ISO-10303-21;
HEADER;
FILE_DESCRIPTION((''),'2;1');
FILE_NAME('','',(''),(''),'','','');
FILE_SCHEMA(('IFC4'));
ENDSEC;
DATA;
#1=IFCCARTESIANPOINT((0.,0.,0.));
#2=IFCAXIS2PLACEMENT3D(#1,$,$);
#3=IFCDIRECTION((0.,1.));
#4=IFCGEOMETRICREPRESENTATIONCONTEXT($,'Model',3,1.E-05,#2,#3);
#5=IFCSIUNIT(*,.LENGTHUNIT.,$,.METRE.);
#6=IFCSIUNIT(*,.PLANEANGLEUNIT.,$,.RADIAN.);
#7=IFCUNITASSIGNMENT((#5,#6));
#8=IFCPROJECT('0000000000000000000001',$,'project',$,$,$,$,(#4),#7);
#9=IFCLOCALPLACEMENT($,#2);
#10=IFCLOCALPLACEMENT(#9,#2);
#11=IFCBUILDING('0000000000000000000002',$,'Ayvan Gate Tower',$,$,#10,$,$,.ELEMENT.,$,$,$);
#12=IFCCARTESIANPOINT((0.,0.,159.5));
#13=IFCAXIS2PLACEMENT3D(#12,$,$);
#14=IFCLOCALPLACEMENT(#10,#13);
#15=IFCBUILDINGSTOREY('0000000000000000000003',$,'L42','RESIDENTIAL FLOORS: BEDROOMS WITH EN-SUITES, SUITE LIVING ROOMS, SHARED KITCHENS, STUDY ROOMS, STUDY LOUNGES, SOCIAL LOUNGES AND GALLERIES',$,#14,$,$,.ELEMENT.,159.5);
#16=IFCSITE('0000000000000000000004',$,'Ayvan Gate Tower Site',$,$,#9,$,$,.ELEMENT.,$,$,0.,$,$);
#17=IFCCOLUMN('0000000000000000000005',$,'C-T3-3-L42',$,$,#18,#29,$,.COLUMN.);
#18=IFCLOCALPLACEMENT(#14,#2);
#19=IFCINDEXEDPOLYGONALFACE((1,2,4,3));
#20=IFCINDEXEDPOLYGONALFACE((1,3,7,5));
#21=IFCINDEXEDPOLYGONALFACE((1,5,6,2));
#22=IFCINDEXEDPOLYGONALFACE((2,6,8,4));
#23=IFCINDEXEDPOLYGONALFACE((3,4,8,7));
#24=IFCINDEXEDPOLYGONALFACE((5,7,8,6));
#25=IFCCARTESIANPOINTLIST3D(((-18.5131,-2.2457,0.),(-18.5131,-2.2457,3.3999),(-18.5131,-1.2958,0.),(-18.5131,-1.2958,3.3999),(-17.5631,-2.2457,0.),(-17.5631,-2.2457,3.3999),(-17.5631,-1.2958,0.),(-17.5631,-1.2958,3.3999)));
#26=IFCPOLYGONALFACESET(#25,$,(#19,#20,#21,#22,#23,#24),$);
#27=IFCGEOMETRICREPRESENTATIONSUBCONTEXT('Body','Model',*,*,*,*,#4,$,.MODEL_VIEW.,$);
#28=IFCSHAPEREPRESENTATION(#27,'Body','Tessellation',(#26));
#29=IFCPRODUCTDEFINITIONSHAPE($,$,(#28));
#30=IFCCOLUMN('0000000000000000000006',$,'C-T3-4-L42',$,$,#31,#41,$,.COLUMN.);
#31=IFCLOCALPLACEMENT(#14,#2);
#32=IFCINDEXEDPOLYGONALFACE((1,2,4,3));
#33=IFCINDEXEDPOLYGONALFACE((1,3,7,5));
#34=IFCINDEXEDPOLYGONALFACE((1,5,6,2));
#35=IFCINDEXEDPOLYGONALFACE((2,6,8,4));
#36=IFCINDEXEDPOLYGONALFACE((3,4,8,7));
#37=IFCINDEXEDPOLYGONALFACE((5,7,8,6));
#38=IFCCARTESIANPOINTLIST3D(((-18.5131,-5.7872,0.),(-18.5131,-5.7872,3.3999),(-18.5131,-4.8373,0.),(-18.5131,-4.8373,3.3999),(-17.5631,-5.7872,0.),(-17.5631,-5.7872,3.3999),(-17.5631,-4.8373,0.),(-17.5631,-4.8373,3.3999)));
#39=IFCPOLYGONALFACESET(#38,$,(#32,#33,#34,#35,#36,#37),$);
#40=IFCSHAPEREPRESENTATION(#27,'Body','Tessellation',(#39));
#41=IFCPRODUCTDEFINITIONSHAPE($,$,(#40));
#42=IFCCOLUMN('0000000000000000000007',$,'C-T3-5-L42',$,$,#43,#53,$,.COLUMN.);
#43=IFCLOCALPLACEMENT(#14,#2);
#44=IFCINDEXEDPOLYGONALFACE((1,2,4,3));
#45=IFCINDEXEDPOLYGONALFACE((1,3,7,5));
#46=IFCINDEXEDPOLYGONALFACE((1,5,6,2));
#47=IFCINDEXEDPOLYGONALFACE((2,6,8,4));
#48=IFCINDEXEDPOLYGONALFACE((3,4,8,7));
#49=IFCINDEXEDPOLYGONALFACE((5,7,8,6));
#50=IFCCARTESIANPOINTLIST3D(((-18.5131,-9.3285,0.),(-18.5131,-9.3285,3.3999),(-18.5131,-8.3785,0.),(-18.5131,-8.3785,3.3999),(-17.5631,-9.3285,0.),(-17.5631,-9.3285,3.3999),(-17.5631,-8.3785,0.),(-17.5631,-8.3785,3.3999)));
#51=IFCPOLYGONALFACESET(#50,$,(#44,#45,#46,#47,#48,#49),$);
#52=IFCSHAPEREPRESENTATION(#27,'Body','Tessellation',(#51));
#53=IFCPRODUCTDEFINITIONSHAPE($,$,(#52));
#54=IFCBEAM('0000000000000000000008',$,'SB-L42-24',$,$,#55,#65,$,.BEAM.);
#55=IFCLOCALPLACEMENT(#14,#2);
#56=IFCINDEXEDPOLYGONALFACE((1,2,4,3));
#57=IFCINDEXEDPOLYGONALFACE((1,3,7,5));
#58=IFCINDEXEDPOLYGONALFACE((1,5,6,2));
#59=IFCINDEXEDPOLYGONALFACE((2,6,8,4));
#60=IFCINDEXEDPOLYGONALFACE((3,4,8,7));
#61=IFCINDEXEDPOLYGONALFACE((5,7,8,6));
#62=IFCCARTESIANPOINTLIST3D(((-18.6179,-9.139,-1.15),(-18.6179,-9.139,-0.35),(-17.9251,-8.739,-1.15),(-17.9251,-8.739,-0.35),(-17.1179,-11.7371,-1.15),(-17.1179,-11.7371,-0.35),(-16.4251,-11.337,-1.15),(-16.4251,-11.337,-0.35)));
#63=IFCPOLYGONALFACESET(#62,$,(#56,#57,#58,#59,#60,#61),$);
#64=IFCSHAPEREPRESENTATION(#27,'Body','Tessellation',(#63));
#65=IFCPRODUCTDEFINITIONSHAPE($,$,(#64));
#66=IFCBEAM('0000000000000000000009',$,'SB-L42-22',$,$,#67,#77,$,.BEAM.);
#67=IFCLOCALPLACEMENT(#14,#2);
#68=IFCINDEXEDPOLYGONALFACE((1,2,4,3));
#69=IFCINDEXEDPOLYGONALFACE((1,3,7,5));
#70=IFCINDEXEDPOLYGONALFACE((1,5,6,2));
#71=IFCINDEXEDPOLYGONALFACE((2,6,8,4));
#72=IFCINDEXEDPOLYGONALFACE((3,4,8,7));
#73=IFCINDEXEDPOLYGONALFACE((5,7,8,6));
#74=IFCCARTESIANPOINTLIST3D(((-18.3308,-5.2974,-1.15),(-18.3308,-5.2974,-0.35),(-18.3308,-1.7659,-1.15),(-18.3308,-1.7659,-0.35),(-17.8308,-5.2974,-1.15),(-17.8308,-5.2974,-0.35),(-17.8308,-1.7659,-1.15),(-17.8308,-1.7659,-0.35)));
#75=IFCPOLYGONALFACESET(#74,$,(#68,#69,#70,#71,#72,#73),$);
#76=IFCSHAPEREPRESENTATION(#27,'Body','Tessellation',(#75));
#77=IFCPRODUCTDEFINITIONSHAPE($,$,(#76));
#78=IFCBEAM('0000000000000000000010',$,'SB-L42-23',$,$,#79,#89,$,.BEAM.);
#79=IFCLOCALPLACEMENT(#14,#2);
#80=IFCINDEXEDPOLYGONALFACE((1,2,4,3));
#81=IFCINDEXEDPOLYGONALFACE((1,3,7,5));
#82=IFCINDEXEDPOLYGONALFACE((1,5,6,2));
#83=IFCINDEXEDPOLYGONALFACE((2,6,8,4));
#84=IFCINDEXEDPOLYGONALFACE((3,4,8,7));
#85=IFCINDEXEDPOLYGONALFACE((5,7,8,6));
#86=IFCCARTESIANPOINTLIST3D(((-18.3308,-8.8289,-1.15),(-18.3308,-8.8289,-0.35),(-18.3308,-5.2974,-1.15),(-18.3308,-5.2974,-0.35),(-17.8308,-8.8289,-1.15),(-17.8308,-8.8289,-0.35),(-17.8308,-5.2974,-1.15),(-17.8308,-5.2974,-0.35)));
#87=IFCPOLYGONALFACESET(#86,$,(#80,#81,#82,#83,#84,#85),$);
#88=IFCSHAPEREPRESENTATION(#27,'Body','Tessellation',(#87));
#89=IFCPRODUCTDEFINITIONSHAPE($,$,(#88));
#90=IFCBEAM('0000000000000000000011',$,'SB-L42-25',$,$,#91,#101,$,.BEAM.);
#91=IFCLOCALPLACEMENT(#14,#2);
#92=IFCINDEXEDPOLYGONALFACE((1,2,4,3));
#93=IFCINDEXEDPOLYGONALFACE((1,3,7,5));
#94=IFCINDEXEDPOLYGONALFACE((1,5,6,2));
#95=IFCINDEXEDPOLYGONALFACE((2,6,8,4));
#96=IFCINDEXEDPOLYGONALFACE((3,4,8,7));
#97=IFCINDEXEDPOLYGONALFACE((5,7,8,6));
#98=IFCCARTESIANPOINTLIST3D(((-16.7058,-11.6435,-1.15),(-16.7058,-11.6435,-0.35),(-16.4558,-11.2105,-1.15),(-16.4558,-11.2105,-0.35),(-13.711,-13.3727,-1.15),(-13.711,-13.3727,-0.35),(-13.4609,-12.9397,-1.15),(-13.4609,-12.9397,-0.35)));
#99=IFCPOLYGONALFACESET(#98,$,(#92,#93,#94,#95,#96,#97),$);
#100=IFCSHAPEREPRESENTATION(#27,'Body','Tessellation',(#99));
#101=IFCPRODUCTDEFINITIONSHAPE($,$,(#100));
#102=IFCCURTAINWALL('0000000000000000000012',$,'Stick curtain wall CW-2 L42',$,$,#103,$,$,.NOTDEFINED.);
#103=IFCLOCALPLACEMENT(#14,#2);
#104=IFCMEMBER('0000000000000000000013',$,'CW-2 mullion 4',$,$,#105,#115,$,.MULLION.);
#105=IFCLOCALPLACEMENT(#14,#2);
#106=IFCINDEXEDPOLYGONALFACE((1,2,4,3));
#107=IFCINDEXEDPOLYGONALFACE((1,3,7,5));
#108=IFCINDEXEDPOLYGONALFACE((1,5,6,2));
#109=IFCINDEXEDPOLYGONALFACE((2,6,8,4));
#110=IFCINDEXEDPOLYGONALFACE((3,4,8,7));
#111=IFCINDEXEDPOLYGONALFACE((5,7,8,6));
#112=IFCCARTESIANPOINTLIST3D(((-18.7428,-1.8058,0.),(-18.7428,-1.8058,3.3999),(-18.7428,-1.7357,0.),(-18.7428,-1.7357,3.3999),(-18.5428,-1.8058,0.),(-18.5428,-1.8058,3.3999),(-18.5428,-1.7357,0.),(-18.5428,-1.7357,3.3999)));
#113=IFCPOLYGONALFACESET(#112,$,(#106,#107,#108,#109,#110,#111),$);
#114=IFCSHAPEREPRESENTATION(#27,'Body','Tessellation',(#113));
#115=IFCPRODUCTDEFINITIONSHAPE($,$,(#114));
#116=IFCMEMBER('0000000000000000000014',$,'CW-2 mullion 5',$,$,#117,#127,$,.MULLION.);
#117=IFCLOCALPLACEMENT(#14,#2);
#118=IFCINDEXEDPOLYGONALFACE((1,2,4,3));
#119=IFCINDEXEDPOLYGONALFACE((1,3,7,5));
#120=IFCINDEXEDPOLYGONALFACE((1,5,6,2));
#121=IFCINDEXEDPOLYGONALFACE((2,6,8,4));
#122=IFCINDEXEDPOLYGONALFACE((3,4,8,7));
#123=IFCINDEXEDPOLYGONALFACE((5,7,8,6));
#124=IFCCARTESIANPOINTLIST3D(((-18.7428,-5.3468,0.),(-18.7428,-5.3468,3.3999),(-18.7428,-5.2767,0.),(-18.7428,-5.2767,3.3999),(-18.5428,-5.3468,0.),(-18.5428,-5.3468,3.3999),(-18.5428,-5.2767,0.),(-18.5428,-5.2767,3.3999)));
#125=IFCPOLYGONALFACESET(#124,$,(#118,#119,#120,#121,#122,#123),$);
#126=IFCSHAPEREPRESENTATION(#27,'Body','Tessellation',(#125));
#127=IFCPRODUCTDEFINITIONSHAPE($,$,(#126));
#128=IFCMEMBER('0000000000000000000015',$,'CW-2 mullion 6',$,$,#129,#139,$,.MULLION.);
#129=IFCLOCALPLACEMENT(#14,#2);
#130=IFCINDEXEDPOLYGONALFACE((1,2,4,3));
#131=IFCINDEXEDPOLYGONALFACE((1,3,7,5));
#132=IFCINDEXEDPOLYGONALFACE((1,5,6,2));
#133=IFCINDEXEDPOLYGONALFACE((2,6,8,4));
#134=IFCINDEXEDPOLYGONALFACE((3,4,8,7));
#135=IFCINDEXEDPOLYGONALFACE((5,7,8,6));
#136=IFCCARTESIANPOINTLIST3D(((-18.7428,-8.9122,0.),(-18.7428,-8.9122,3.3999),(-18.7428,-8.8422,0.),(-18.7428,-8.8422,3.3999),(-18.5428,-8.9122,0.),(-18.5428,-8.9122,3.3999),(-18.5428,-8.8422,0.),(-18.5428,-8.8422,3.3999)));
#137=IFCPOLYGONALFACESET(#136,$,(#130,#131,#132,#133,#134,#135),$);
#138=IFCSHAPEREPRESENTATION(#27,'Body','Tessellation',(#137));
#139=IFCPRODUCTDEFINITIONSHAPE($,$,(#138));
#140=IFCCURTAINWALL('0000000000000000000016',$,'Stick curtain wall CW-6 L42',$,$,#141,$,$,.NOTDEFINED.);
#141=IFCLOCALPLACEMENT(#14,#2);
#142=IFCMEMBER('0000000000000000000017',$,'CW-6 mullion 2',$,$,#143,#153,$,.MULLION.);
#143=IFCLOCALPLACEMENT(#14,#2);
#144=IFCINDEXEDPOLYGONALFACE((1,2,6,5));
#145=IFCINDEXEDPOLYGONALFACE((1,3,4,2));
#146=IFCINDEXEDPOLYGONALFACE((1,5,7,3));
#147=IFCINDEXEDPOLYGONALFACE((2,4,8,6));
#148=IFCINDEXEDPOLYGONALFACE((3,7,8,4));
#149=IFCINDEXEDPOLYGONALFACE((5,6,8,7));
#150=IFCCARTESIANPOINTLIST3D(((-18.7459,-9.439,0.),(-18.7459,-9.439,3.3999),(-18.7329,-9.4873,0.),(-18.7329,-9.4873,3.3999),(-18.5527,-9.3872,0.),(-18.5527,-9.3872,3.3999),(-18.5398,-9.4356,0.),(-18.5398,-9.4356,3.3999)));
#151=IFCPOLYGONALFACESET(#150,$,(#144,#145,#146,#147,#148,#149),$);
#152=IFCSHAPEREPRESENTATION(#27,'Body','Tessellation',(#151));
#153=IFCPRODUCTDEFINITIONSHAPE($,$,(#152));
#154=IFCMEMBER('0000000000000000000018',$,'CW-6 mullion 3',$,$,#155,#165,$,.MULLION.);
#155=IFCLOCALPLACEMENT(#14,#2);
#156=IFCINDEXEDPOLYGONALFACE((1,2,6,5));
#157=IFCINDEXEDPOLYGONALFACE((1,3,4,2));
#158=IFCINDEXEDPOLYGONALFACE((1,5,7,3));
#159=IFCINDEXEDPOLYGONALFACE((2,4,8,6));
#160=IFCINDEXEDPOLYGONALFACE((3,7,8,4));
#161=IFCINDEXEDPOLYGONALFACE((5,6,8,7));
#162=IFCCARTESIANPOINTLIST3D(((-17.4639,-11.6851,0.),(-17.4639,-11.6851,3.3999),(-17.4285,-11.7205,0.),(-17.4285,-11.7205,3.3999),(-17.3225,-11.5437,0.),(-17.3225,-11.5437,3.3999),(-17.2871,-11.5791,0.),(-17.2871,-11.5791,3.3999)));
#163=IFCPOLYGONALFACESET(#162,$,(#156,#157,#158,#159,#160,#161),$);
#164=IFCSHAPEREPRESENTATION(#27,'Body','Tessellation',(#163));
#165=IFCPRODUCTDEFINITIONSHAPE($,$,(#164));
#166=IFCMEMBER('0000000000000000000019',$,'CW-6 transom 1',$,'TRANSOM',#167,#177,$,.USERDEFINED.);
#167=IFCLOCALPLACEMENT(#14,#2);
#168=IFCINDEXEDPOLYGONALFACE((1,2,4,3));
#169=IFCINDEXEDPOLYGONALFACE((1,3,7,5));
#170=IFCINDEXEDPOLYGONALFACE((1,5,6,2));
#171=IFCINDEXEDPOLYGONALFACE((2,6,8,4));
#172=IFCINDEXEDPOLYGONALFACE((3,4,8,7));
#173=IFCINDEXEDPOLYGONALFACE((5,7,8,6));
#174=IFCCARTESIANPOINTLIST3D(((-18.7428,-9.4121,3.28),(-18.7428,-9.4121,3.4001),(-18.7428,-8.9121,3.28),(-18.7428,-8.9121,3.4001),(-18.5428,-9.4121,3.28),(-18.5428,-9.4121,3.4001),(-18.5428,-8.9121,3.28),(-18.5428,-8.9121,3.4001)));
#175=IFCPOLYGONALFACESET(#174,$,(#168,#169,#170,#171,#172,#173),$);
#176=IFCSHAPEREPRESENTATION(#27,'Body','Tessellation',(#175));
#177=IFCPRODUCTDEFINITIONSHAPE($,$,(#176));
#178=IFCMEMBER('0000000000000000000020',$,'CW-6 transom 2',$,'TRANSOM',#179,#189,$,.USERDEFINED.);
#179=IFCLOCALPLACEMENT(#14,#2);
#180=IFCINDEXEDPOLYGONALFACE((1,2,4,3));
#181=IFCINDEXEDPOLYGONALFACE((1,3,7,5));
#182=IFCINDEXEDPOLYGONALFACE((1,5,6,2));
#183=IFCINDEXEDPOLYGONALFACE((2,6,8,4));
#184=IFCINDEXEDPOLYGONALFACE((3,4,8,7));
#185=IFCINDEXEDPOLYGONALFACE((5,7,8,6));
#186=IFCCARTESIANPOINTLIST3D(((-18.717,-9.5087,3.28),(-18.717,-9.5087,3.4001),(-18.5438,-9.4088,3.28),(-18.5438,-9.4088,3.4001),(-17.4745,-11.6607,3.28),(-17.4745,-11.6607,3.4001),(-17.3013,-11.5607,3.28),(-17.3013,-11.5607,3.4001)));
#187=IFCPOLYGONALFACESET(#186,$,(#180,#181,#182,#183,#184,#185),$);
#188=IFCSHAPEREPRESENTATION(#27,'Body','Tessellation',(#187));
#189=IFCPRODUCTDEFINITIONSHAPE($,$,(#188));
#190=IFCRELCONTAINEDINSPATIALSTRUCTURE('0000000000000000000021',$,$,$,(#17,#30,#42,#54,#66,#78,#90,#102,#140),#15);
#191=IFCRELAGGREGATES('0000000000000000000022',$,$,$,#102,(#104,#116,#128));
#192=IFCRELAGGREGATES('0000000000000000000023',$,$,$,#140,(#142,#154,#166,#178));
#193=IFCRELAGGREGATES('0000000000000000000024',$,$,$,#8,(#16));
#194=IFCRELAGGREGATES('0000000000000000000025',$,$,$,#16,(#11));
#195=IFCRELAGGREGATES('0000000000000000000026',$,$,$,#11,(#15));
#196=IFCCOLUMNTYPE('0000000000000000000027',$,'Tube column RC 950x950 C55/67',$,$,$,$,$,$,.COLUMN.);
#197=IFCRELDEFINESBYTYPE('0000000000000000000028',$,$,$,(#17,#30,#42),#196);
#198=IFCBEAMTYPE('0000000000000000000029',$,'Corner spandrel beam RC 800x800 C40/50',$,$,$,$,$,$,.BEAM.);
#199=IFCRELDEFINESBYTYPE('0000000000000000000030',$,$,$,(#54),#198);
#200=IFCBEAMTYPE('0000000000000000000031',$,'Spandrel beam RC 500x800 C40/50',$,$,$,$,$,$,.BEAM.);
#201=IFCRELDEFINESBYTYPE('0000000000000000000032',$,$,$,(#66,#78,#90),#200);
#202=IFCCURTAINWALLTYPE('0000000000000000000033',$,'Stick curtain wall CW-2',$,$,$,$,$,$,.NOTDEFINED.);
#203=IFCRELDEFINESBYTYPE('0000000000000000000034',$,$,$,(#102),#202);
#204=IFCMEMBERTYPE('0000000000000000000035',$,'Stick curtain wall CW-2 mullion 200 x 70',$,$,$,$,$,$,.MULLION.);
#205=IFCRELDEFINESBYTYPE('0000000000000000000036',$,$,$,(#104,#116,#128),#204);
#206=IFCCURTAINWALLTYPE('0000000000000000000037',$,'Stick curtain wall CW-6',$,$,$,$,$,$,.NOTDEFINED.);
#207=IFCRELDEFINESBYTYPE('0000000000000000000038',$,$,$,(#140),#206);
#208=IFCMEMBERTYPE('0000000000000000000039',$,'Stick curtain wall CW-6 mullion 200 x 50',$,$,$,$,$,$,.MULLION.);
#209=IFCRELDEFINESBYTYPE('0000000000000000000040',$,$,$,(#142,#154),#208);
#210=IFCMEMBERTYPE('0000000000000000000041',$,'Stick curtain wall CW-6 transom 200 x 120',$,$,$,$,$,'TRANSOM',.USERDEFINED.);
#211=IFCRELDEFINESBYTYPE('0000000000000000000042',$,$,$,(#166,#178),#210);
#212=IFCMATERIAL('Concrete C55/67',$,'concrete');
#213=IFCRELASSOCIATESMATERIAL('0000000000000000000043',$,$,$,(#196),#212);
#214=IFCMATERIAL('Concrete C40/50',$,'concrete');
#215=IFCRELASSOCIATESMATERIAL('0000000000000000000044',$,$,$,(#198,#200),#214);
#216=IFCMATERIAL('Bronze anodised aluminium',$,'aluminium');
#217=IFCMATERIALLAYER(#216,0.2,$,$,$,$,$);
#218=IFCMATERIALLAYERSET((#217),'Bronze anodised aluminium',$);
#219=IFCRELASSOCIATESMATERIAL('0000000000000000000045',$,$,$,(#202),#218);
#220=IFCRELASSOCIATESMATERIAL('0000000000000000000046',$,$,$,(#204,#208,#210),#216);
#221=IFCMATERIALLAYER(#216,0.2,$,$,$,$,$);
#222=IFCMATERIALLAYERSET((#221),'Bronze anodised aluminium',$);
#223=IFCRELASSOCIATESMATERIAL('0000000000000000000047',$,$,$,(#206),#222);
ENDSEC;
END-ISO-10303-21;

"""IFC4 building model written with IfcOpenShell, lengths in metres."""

from ifc_helpers import new_model, si_unit, direction, frame, origin, origin_2d, place, context, subcontext, project, spatial, rectangle, extrude, material, layer, layer_set, material_profile, profile_set, type_object, element, aggregate, save


model = new_model("IFC4")

# Units and contexts
model_context = context("Model", 3, precision=1e-05, world=origin(), true_north=direction((0.0, 1.0)))
body_context = subcontext(model_context, "Body", "Model", "MODEL_VIEW")
ifc_project = project(units=[si_unit("LENGTHUNIT", "METRE"), si_unit("PLANEANGLEUNIT", "RADIAN")], contexts=[model_context])

# Site, building, storey
site_placement = place(None, origin())
site = spatial("IfcSite", under=ifc_project, at=site_placement, Name="Ayvan Gate Tower Site", CompositionType="ELEMENT", RefElevation=0.0)
building_placement = place(site_placement, origin())
building = spatial("IfcBuilding", under=site, at=building_placement, Name="Ayvan Gate Tower", CompositionType="ELEMENT")
storey_placement = place(building_placement, frame((0.0, 0.0, 159.5)))
storey = spatial("IfcBuildingStorey", under=building, at=storey_placement, Name="L42", Description="RESIDENTIAL FLOORS: BEDROOMS WITH EN-SUITES, SUITE LIVING ROOMS, SHARED KITCHENS, STUDY ROOMS, STUDY LOUNGES, SOCIAL LOUNGES AND GALLERIES", CompositionType="ELEMENT", Elevation=159.5)

# Columns
ifc_material_1 = material(Name="Concrete C55/67", Category="concrete")
ifc_material_profile_1 = material_profile(ifc_material_1, rectangle(XDim=0.95, YDim=0.95, at=origin_2d()), Name="RC 950x950")
ifc_profile_set_1 = profile_set([ifc_material_profile_1], Name="Concrete C55/67")
column_type = type_object("IfcColumnType", Name="Tube column RC 950x950 C55/67", PredefinedType="COLUMN", material=ifc_profile_set_1)
for number, where, z_axis, x_axis, name in (
    (1, (-18.0381, -1.7708, 0.0), (0.0, 0.0, 1.0), (-1.0, 0.0, 0.0), "C-T3-3-L42"),
    (2, (-18.0381, -5.3123, 0.0), (0.0, 0.0, 1.0), (-1.0, 0.0, 0.0), "C-T3-4-L42"),
    (3, (-18.0381, -8.8535, 0.0), (0.0, 0.0, 1.0), (-1.0, 0.0, 0.0), "C-T3-5-L42"),
):
    element("IfcColumn", number, at=place(storey_placement, frame(where, z_axis=z_axis, x_axis=x_axis)), inside=storey, type_object=column_type, Name=name, PredefinedType="COLUMN", context=body_context, shape_type="SweptSolid", body=[
        extrude(rectangle(XDim=0.95, YDim=0.95, at=origin_2d()), origin(), (0.0, 0.0, 1.0), 3.3999),
    ])

# Beams
ifc_material_2 = material(Name="Concrete C40/50", Category="concrete")
ifc_material_profile_2 = material_profile(ifc_material_2, rectangle(XDim=0.8, YDim=0.8, at=origin_2d()), Name="RC 800x800")
ifc_profile_set_2 = profile_set([ifc_material_profile_2], Name="Concrete C40/50")
beam_type_1 = type_object("IfcBeamType", Name="Corner spandrel beam RC 800x800 C40/50", PredefinedType="BEAM", material=ifc_profile_set_2)
beam_1_placement = place(storey_placement, frame((-18.2715, -8.939, -0.75), z_axis=(0.49999, -0.866031, 0.0), x_axis=(0.866031, 0.49999, 0.0)))
element("IfcBeam", 4, at=beam_1_placement, inside=storey, type_object=beam_type_1, Name="SB-L42-24", PredefinedType="BEAM", context=body_context, shape_type="SweptSolid", body=[
    extrude(rectangle(XDim=0.8, YDim=0.8, at=origin_2d()), origin(), (0.0, 0.0, 1.0), 3.0),
])
ifc_material_profile_3 = material_profile(ifc_material_2, rectangle(XDim=0.5, YDim=0.8, at=origin_2d()), Name="RC 500x800")
ifc_profile_set_3 = profile_set([ifc_material_profile_3], Name="Concrete C40/50")
beam_type_2 = type_object("IfcBeamType", Name="Spandrel beam RC 500x800 C40/50", PredefinedType="BEAM", material=ifc_profile_set_3)
for number, where, z_axis, x_axis, name in (
    (5, (-18.0808, -1.7659, -0.75), (0.0, -1.0, 0.0), (1.0, 0.0, 0.0), "SB-L42-22"),
    (6, (-18.0808, -5.2974, -0.75), (0.0, -1.0, 0.0), (1.0, 0.0, 0.0), "SB-L42-23"),
):
    element("IfcBeam", number, at=place(storey_placement, frame(where, z_axis=z_axis, x_axis=x_axis)), inside=storey, type_object=beam_type_2, Name=name, PredefinedType="BEAM", context=body_context, shape_type="SweptSolid", body=[
        extrude(rectangle(XDim=0.5, YDim=0.8, at=origin_2d()), origin(), (0.0, 0.0, 1.0), 3.5315),
    ])
beam_2_placement = place(storey_placement, frame((-16.5808, -11.427, -0.75), z_axis=(0.866006, -0.500034, 0.0), x_axis=(0.500034, 0.866006, 0.0)))
element("IfcBeam", 7, at=beam_2_placement, inside=storey, type_object=beam_type_2, Name="SB-L42-25", PredefinedType="BEAM", context=body_context, shape_type="SweptSolid", body=[
    extrude(rectangle(XDim=0.5, YDim=0.8, at=origin_2d()), origin(), (0.0, 0.0, 1.0), 3.4583),
])

# Curtain walls, members
ifc_material_3 = material(Name="Bronze anodised aluminium", Category="aluminium")
ifc_layer_1 = layer(ifc_material_3, 0.2)
ifc_layer_set_1 = layer_set([ifc_layer_1], Name="Bronze anodised aluminium")
curtain_wall_type_1 = type_object("IfcCurtainWallType", Name="Stick curtain wall CW-2", PredefinedType="NOTDEFINED", material=ifc_layer_set_1)
curtain_wall_1_placement = place(storey_placement, origin())
curtain_wall_1 = element("IfcCurtainWall", 8, at=curtain_wall_1_placement, inside=storey, type_object=curtain_wall_type_1, Name="Stick curtain wall CW-2 L42", PredefinedType="NOTDEFINED")
ifc_material_profile_4 = material_profile(ifc_material_3, rectangle(XDim=0.2, YDim=0.0701, at=origin_2d()), Name="Stick curtain wall CW-2 mullion 200 x 70")
ifc_profile_set_4 = profile_set([ifc_material_profile_4], Name="Bronze anodised aluminium")
member_type_1 = type_object("IfcMemberType", Name="Stick curtain wall CW-2 mullion 200 x 70", PredefinedType="MULLION", material=ifc_profile_set_4)
member_1_placement = place(storey_placement, frame((-18.6428, -1.7708, 0.0), z_axis=(0.0, 0.0, 1.0), x_axis=(-1.0, 0.0, 0.0)))
member_1 = element("IfcMember", 9, at=member_1_placement, type_object=member_type_1, Name="CW-2 mullion 4", PredefinedType="MULLION", context=body_context, shape_type="SweptSolid", body=[
    extrude(rectangle(XDim=0.2, YDim=0.0701, at=origin_2d()), origin(), (0.0, 0.0, 1.0), 3.3999),
])
member_2_placement = place(storey_placement, frame((-18.6428, -5.3118, 0.0), z_axis=(0.0, 0.0, 1.0), x_axis=(-1.0, 0.0, 0.0)))
member_2 = element("IfcMember", 10, at=member_2_placement, type_object=member_type_1, Name="CW-2 mullion 5", PredefinedType="MULLION", context=body_context, shape_type="SweptSolid", body=[
    extrude(rectangle(XDim=0.2, YDim=0.0701, at=origin_2d()), origin(), (0.0, 0.0, 1.0), 3.3999),
])
member_3_placement = place(storey_placement, frame((-18.6428, -8.8772, 0.0), z_axis=(0.0, 0.0, 1.0), x_axis=(-1.0, 0.0, 0.0)))
member_3 = element("IfcMember", 11, at=member_3_placement, type_object=member_type_1, Name="CW-2 mullion 6", PredefinedType="MULLION", context=body_context, shape_type="SweptSolid", body=[
    extrude(rectangle(XDim=0.2, YDim=0.0701, at=origin_2d()), origin(), (0.0, 0.0, 1.0), 3.3999),
])
ifc_layer_2 = layer(ifc_material_3, 0.2)
ifc_layer_set_2 = layer_set([ifc_layer_2], Name="Bronze anodised aluminium")
curtain_wall_type_2 = type_object("IfcCurtainWallType", Name="Stick curtain wall CW-6", PredefinedType="NOTDEFINED", material=ifc_layer_set_2)
curtain_wall_2_placement = place(storey_placement, origin())
curtain_wall_2 = element("IfcCurtainWall", 12, at=curtain_wall_2_placement, inside=storey, type_object=curtain_wall_type_2, Name="Stick curtain wall CW-6 L42", PredefinedType="NOTDEFINED")
ifc_material_profile_5 = material_profile(ifc_material_3, rectangle(XDim=0.2, YDim=0.05, at=origin_2d()), Name="Stick curtain wall CW-6 mullion 200 x 50")
ifc_profile_set_5 = profile_set([ifc_material_profile_5], Name="Bronze anodised aluminium")
member_type_2 = type_object("IfcMemberType", Name="Stick curtain wall CW-6 mullion 200 x 50", PredefinedType="MULLION", material=ifc_profile_set_5)
member_4_placement = place(storey_placement, frame((-18.6428, -9.4373, 0.0), z_axis=(0.0, 0.0, 1.0), x_axis=(-0.965926, -0.258819, 0.0)))
member_4 = element("IfcMember", 13, at=member_4_placement, type_object=member_type_2, Name="CW-6 mullion 2", PredefinedType="MULLION", context=body_context, shape_type="SweptSolid", body=[
    extrude(rectangle(XDim=0.2, YDim=0.05, at=origin_2d()), origin(), (0.0, 0.0, 1.0), 3.3999),
])
member_5_placement = place(storey_placement, frame((-17.3755, -11.6321, 0.0), z_axis=(0.0, 0.0, 1.0), x_axis=(-0.707107, -0.707107, 0.0)))
member_5 = element("IfcMember", 14, at=member_5_placement, type_object=member_type_2, Name="CW-6 mullion 3", PredefinedType="MULLION", context=body_context, shape_type="SweptSolid", body=[
    extrude(rectangle(XDim=0.2, YDim=0.05, at=origin_2d()), origin(), (0.0, 0.0, 1.0), 3.3999),
])
ifc_material_profile_6 = material_profile(ifc_material_3, rectangle(XDim=0.2, YDim=0.1201, at=origin_2d()), Name="Stick curtain wall CW-6 transom 200 x 120")
ifc_profile_set_6 = profile_set([ifc_material_profile_6], Name="Bronze anodised aluminium")
member_type_3 = type_object("IfcMemberType", Name="Stick curtain wall CW-6 transom 200 x 120", ElementType="TRANSOM", PredefinedType="USERDEFINED", material=ifc_profile_set_6)
member_6_placement = place(storey_placement, frame((-18.6428, -8.9121, 3.3401), z_axis=(0.0, -1.0, 0.0), x_axis=(1.0, 0.0, 0.0)))
member_6 = element("IfcMember", 15, at=member_6_placement, type_object=member_type_3, Name="CW-6 transom 1", ObjectType="TRANSOM", PredefinedType="USERDEFINED", context=body_context, shape_type="SweptSolid", body=[
    extrude(rectangle(XDim=0.2, YDim=0.1201, at=origin_2d()), origin(), (0.0, 0.0, 1.0), 0.5),
])
member_7_placement = place(storey_placement, frame((-18.6304, -9.4587, 3.3401), z_axis=(0.500017, -0.866015, 0.0), x_axis=(0.866015, 0.500017, 0.0)))
member_7 = element("IfcMember", 16, at=member_7_placement, type_object=member_type_3, Name="CW-6 transom 2", ObjectType="TRANSOM", PredefinedType="USERDEFINED", context=body_context, shape_type="SweptSolid", body=[
    extrude(rectangle(XDim=0.2, YDim=0.1201, at=origin_2d()), origin(), (0.0, 0.0, 1.0), 2.4849),
])

aggregate(curtain_wall_1, [member_1, member_2, member_3])
aggregate(curtain_wall_2, [member_4, member_5, member_6, member_7])

save(model, "model.ifc")
